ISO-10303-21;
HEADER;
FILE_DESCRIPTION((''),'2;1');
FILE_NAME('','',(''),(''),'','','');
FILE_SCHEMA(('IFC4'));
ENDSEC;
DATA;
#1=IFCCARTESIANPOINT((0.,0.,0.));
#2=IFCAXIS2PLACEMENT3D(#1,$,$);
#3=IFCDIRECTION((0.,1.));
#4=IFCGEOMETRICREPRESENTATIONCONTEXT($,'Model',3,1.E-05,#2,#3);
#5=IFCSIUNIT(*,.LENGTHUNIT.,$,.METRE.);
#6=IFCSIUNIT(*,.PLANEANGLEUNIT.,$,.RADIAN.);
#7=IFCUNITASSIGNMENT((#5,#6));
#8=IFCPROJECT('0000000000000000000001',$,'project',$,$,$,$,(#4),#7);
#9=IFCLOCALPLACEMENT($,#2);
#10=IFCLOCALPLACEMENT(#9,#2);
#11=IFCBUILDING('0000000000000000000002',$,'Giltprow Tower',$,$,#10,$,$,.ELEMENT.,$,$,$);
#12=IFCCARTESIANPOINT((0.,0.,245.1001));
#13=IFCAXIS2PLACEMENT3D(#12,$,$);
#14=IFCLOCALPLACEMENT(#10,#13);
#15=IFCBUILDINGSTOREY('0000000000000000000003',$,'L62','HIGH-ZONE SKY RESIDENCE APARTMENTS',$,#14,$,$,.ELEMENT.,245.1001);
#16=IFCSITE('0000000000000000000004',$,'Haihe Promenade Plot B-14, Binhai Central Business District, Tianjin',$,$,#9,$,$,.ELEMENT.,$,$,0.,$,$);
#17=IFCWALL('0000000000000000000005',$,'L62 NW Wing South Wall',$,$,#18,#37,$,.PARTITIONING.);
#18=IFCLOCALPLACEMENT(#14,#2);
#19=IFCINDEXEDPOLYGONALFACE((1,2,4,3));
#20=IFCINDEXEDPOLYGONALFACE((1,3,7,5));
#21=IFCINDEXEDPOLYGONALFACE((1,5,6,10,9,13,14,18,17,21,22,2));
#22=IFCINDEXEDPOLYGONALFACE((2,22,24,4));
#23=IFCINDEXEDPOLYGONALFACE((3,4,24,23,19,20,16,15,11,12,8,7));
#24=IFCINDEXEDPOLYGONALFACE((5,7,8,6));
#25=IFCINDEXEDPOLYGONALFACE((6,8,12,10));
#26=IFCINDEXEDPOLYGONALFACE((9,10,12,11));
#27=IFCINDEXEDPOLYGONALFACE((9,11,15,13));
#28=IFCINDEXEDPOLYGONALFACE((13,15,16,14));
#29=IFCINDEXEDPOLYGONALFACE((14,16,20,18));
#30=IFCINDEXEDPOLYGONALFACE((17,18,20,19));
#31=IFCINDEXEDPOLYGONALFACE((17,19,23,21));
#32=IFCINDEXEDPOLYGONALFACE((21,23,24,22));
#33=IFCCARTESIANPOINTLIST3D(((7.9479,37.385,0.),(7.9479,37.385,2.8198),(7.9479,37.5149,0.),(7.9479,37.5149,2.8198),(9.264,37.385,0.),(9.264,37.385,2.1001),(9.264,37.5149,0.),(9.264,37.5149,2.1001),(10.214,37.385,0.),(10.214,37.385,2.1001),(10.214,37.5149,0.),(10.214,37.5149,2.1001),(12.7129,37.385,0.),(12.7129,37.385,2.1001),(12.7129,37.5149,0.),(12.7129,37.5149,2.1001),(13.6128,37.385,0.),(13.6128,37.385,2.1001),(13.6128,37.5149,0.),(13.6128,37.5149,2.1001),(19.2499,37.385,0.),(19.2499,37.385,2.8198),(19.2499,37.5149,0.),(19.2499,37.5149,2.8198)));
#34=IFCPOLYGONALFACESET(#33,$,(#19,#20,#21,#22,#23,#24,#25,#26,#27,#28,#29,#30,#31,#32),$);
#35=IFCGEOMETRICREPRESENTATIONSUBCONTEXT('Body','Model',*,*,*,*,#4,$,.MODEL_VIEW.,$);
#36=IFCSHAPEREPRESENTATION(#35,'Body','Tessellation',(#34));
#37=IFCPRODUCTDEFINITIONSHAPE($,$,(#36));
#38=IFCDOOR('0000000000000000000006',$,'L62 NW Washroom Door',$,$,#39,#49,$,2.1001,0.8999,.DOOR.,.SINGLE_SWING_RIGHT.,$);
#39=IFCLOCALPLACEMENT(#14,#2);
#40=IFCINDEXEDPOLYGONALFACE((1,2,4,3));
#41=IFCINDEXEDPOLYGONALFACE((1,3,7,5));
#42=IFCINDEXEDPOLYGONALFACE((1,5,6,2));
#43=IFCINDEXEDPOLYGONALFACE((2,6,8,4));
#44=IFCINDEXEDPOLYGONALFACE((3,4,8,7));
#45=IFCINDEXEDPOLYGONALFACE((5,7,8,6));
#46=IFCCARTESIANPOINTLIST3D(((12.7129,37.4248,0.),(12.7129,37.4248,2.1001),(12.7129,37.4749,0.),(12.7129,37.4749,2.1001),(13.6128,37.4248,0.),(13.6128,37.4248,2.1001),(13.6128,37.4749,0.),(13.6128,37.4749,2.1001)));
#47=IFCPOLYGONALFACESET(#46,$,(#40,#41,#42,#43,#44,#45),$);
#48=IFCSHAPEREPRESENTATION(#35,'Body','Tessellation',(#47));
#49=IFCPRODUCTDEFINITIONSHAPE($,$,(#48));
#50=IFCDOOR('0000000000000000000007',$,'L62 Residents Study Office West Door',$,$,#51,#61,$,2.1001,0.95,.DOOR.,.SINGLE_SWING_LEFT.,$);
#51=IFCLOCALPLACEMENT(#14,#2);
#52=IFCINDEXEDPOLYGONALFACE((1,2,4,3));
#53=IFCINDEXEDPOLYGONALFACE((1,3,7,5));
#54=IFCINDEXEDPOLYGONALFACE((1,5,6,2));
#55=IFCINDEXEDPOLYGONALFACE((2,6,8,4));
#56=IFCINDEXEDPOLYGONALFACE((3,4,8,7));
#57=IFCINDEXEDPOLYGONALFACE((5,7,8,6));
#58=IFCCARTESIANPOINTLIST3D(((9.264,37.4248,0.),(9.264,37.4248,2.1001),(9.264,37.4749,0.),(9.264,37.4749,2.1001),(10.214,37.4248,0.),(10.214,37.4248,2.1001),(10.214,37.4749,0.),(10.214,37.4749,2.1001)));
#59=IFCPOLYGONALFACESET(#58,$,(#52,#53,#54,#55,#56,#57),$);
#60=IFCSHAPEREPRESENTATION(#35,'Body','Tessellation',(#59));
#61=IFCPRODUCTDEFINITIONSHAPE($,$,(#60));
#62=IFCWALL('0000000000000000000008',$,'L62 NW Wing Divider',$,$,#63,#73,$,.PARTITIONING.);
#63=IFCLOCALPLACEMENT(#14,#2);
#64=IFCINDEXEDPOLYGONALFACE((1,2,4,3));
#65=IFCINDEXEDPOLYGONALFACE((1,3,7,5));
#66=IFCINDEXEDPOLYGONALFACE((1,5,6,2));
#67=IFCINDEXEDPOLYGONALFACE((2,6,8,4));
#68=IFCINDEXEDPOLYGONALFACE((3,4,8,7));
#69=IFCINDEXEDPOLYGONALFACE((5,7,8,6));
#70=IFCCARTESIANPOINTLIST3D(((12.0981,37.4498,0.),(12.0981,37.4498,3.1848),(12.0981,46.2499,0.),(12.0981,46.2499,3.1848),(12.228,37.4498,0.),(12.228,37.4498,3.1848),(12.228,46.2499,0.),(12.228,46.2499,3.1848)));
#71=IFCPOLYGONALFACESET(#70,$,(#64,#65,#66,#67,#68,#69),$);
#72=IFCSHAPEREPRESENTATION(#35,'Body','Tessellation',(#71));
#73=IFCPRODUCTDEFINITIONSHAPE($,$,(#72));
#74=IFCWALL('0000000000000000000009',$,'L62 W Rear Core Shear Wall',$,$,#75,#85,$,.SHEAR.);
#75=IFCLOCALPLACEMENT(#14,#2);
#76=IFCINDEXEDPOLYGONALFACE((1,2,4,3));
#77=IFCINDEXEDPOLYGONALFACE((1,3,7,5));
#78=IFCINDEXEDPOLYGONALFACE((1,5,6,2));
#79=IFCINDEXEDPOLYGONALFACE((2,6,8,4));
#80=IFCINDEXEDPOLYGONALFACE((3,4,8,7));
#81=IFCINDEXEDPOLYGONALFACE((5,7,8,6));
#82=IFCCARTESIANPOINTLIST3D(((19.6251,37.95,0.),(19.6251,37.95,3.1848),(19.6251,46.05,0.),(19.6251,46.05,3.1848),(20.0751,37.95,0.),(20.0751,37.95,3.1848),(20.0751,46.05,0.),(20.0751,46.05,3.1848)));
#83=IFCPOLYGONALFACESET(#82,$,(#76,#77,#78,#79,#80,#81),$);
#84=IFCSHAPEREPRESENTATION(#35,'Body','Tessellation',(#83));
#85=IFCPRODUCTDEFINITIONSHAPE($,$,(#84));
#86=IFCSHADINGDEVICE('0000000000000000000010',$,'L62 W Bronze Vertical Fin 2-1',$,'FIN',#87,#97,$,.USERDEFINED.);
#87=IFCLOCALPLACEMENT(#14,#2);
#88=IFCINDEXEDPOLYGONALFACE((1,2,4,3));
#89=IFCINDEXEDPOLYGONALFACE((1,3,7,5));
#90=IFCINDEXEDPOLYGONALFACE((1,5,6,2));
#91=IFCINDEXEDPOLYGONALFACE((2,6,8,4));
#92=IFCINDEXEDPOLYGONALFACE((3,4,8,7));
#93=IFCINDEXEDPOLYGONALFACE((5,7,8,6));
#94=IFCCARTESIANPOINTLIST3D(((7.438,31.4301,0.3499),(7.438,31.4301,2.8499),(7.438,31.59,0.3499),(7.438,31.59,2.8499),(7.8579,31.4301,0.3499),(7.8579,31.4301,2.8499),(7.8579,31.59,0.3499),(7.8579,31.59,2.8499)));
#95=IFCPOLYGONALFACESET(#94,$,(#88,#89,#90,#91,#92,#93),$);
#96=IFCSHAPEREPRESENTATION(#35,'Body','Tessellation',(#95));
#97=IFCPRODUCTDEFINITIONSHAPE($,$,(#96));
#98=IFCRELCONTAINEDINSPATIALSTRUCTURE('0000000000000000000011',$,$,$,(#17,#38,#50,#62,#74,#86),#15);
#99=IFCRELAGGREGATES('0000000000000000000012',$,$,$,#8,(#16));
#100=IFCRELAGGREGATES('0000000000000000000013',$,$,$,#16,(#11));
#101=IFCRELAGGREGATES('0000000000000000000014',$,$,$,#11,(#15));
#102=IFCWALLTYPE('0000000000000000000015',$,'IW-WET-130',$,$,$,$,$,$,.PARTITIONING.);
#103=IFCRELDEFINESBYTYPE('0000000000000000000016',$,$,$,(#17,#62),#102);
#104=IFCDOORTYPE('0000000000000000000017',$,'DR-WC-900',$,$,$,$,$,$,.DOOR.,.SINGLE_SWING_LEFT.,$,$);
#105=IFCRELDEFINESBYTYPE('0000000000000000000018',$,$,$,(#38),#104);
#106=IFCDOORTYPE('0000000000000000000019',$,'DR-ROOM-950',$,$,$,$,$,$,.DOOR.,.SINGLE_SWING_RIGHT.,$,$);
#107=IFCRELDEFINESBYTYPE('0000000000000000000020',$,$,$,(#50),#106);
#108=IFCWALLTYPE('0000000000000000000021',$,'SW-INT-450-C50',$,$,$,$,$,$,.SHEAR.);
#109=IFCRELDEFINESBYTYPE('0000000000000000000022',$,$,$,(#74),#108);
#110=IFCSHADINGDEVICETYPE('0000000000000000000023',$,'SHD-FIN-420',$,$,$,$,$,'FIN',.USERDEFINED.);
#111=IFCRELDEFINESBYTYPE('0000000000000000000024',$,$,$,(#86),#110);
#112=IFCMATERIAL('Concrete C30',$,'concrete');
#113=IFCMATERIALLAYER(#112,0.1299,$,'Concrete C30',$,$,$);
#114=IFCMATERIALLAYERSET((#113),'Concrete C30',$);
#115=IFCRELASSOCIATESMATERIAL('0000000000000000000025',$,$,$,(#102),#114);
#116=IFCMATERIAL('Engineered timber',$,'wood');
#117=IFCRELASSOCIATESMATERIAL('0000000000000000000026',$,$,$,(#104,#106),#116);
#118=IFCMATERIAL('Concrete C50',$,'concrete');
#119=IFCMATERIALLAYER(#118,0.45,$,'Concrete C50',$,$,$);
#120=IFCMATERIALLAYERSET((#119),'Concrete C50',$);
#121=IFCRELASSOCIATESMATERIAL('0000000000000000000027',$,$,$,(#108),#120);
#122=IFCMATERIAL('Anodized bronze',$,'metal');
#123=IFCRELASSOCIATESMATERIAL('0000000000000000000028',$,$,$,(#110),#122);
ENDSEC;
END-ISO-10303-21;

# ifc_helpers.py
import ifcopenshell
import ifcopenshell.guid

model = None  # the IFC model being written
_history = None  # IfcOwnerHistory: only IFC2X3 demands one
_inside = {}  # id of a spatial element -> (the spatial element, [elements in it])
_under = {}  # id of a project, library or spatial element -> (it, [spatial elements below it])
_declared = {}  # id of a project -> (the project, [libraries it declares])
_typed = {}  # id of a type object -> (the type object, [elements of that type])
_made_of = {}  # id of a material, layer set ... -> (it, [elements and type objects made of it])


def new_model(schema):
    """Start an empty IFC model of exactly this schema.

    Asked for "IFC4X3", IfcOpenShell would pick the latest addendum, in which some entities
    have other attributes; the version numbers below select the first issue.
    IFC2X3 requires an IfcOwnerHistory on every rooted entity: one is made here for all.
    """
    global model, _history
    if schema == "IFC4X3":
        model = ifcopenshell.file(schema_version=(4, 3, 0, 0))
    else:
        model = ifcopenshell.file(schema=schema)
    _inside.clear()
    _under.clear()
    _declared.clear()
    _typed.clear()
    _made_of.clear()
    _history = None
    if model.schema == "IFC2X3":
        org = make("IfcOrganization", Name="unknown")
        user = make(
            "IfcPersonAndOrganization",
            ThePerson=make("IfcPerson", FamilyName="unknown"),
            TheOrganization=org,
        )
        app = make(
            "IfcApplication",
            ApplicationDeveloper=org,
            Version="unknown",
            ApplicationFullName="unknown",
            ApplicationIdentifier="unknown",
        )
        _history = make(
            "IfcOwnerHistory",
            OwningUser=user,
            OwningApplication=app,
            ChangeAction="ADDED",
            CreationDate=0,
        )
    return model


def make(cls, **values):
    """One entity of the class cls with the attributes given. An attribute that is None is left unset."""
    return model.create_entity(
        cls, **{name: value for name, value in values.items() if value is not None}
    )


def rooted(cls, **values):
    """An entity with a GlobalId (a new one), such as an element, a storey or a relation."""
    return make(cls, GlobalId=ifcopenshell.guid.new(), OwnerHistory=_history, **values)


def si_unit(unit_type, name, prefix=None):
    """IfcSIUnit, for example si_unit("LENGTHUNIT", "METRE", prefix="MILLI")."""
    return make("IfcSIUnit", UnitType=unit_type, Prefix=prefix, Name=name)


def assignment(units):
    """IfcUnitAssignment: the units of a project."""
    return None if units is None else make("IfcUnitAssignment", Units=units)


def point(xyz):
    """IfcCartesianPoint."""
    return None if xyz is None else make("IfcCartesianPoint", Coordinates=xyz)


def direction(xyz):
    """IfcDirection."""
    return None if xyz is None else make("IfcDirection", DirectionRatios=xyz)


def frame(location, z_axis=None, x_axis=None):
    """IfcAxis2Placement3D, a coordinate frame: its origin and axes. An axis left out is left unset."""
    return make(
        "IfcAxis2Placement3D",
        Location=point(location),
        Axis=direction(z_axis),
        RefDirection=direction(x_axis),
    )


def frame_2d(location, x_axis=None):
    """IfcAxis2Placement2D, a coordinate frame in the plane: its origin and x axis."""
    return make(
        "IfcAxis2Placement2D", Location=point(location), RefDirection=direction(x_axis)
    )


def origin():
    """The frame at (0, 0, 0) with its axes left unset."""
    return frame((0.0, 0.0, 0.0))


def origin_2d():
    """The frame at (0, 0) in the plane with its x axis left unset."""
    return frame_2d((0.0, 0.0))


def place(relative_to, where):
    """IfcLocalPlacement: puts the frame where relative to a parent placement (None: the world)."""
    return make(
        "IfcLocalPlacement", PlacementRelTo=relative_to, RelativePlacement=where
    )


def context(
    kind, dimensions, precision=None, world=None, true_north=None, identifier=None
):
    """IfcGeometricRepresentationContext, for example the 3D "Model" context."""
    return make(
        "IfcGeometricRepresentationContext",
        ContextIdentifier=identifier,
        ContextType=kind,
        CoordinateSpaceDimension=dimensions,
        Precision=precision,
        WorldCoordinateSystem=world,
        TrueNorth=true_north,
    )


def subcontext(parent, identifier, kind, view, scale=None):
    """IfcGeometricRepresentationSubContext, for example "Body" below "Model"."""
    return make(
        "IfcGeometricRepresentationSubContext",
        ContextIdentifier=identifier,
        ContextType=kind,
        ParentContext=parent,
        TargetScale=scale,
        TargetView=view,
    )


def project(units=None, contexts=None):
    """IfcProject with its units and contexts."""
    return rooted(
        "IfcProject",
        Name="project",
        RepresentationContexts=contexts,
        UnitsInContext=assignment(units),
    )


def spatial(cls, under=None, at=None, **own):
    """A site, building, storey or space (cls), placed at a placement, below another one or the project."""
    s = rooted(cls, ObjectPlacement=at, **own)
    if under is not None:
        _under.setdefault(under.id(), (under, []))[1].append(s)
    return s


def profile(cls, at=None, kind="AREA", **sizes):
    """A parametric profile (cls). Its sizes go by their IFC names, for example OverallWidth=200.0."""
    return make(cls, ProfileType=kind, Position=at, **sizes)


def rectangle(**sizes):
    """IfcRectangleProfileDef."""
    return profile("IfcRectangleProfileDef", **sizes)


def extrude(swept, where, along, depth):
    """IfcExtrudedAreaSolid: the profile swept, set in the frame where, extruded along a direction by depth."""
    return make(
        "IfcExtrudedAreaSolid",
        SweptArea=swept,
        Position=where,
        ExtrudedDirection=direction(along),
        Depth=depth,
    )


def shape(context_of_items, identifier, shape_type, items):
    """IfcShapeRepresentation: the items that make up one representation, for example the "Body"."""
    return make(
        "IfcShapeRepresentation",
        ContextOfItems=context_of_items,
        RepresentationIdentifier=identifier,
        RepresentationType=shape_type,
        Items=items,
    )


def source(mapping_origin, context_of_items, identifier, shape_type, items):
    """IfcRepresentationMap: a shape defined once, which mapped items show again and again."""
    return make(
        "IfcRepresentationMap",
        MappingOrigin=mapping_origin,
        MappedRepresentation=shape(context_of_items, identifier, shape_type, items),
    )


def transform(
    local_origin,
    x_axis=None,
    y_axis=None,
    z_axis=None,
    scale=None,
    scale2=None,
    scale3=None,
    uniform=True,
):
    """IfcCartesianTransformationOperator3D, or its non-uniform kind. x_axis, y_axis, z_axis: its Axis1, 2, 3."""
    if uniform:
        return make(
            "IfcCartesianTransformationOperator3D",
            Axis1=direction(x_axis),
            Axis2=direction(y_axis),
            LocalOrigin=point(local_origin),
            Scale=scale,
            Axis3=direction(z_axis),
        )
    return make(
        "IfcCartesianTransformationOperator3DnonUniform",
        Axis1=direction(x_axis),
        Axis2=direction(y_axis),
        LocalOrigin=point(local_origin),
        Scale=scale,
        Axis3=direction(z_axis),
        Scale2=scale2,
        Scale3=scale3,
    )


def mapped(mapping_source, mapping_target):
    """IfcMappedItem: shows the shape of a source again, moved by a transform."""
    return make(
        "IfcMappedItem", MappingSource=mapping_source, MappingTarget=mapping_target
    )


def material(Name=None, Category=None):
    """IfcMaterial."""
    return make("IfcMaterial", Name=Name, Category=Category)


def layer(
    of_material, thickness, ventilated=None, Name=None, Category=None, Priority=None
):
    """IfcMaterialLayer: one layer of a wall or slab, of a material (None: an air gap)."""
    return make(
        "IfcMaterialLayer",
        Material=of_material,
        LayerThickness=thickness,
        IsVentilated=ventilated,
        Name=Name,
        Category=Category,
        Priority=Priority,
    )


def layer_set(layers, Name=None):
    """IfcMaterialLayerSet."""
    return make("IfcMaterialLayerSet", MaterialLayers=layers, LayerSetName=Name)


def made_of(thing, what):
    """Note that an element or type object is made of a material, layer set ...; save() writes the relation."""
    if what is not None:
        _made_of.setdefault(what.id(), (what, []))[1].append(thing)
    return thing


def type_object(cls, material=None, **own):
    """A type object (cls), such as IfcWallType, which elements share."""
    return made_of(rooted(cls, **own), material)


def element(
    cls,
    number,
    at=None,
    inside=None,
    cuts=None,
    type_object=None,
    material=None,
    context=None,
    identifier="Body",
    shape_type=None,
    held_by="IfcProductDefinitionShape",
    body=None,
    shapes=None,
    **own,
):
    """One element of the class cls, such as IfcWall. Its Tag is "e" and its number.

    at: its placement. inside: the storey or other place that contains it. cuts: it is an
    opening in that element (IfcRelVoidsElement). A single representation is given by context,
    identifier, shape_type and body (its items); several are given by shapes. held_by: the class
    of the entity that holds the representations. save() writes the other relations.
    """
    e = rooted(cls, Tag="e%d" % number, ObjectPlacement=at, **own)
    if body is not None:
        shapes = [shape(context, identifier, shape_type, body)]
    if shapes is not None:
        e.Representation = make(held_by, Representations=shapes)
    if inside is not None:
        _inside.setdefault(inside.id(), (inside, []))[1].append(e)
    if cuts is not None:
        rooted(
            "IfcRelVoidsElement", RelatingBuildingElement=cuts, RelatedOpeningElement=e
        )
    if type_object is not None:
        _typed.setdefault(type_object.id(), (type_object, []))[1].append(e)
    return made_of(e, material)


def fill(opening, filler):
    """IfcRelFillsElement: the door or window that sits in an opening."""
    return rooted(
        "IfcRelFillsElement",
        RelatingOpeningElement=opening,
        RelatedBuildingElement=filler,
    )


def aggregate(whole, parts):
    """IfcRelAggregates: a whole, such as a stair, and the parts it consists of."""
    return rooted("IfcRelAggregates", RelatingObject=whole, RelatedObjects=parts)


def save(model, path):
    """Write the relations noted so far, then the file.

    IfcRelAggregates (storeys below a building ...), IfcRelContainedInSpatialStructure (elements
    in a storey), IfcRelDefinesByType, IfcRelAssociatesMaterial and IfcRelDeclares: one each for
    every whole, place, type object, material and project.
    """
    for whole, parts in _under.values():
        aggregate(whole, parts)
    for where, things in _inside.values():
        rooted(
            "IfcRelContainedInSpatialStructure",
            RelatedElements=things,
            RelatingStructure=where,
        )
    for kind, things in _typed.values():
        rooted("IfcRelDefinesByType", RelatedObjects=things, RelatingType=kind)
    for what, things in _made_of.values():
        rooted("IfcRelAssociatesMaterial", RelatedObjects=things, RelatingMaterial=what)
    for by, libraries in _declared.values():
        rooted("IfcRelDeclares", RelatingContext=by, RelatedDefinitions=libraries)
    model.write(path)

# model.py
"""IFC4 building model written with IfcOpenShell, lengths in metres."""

from ifc_helpers import new_model, si_unit, direction, frame, frame_2d, origin, origin_2d, place, context, subcontext, project, spatial, rectangle, extrude, source, transform, mapped, material, layer, layer_set, type_object, element, fill, save


model = new_model("IFC4")

# Units and contexts
model_context = context("Model", 3, precision=1e-05, world=origin(), true_north=direction((0.0, 1.0)))
body_context = subcontext(model_context, "Body", "Model", "MODEL_VIEW")
ifc_project = project(units=[si_unit("LENGTHUNIT", "METRE"), si_unit("PLANEANGLEUNIT", "RADIAN")], contexts=[model_context])

# Site, building, storey
site_placement = place(None, origin())
site = spatial("IfcSite", under=ifc_project, at=site_placement, Name="Haihe Promenade Plot B-14, Binhai Central Business District, Tianjin", CompositionType="ELEMENT", RefElevation=0.0)
building_placement = place(site_placement, origin())
building = spatial("IfcBuilding", under=site, at=building_placement, Name="Giltprow Tower", CompositionType="ELEMENT")
storey_placement = place(building_placement, frame((0.0, 0.0, 245.1001)))
storey = spatial("IfcBuildingStorey", under=building, at=storey_placement, Name="L62", Description="HIGH-ZONE SKY RESIDENCE APARTMENTS", CompositionType="ELEMENT", Elevation=245.1001)

# Shared definitions
ifc_material_1 = material(Name="Concrete C50", Category="concrete")

# Shared definitions
ifc_material_2 = material(Name="Engineered timber", Category="wood")

# Wall, openings, doors
ifc_material_3 = material(Name="Concrete C30", Category="concrete")
ifc_layer_1 = layer(ifc_material_3, 0.1299, Name="Concrete C30")
ifc_layer_set_1 = layer_set([ifc_layer_1], Name="Concrete C30")
wall_type_1 = type_object("IfcWallType", Name="IW-WET-130", PredefinedType="PARTITIONING", material=ifc_layer_set_1)
wall_1_placement = place(storey_placement, frame((7.948, 37.45, 0.0), z_axis=(0.0, 0.0, 1.0), x_axis=(1.0, 0.0, 0.0)))
wall_1 = element("IfcWall", 1, at=wall_1_placement, inside=storey, type_object=wall_type_1, Name="L62 NW Wing South Wall", PredefinedType="PARTITIONING", context=body_context, shape_type="SweptSolid", body=[
    extrude(rectangle(XDim=11.302, YDim=0.1299, at=frame_2d((5.6509, 0.0))), origin(), (0.0, 0.0, 1.0), 2.8198),
])
opening_1_placement = place(wall_1_placement, frame((1.3159, 0.0, 0.0)))
opening_1 = element("IfcOpeningElement", 2, at=opening_1_placement, cuts=wall_1, PredefinedType="OPENING", context=body_context, shape_type="SweptSolid", body=[
    extrude(rectangle(XDim=0.95, YDim=2.1001, at=frame_2d((0.4751, 1.05))), frame((0.0, 0.075, 0.0), z_axis=(0.0, -1.0, 0.0), x_axis=(1.0, 0.0, 0.0)), (0.0, 0.0, 1.0), 0.1499),
])
opening_2_placement = place(wall_1_placement, frame((4.7649, 0.0, 0.0)))
opening_2 = element("IfcOpeningElement", 3, at=opening_2_placement, cuts=wall_1, PredefinedType="OPENING", context=body_context, shape_type="SweptSolid", body=[
    extrude(rectangle(XDim=0.8999, YDim=2.1001, at=frame_2d((0.45, 1.05))), frame((0.0, 0.075, 0.0), z_axis=(0.0, -1.0, 0.0), x_axis=(1.0, 0.0, 0.0)), (0.0, 0.0, 1.0), 0.1499),
])
door_type_1 = type_object("IfcDoorType", Name="DR-WC-900", OperationType="SINGLE_SWING_LEFT", PredefinedType="DOOR", material=ifc_material_2)
shared_shape_1 = source(origin(), body_context, "Body", "SweptSolid", [
    extrude(rectangle(XDim=0.8999, YDim=2.1001, at=frame_2d((0.45, 1.05))), frame((0.0, 0.0249, 0.0), z_axis=(0.0, -1.0, 0.0), x_axis=(1.0, 0.0, 0.0)), (0.0, 0.0, 1.0), 0.05),
])
door_1_placement = place(opening_2_placement, origin())
door_1 = element("IfcDoor", 4, at=door_1_placement, inside=storey, type_object=door_type_1, Name="L62 NW Washroom Door", OperationType="SINGLE_SWING_RIGHT", OverallHeight=2.1001, OverallWidth=0.8999, PredefinedType="DOOR", context=body_context, shape_type="MappedRepresentation", body=[
    mapped(shared_shape_1, transform((0.0, 0.0, 0.0), x_axis=(1.0, 0.0, 0.0), y_axis=(0.0, 1.0, 0.0), z_axis=(0.0, 0.0, 1.0), scale=1.0)),
])
fill(opening_2, door_1)
door_type_2 = type_object("IfcDoorType", Name="DR-ROOM-950", OperationType="SINGLE_SWING_RIGHT", PredefinedType="DOOR", material=ifc_material_2)
shared_shape_2 = source(origin(), body_context, "Body", "SweptSolid", [
    extrude(rectangle(XDim=0.95, YDim=2.1001, at=frame_2d((0.4751, 1.05))), frame((0.0, 0.0249, 0.0), z_axis=(0.0, -1.0, 0.0), x_axis=(1.0, 0.0, 0.0)), (0.0, 0.0, 1.0), 0.05),
])
door_2_placement = place(opening_1_placement, origin())
door_2 = element("IfcDoor", 5, at=door_2_placement, inside=storey, type_object=door_type_2, Name="L62 Residents Study Office West Door", OperationType="SINGLE_SWING_LEFT", OverallHeight=2.1001, OverallWidth=0.95, PredefinedType="DOOR", context=body_context, shape_type="MappedRepresentation", body=[
    mapped(shared_shape_2, transform((0.0, 0.0, 0.0), x_axis=(1.0, 0.0, 0.0), y_axis=(0.0, 1.0, 0.0), z_axis=(0.0, 0.0, 1.0), scale=1.0)),
])
fill(opening_1, door_2)

# Wall
wall_2_placement = place(storey_placement, frame((12.1631, 37.45, 0.0), z_axis=(0.0, 0.0, 1.0), x_axis=(0.0, 1.0, 0.0)))
element("IfcWall", 6, at=wall_2_placement, inside=storey, type_object=wall_type_1, Name="L62 NW Wing Divider", PredefinedType="PARTITIONING", context=body_context, shape_type="SweptSolid", body=[
    extrude(rectangle(XDim=8.8, YDim=0.1299, at=frame_2d((4.3999, 0.0))), origin(), (0.0, 0.0, 1.0), 3.1848),
])

# Shared definitions
ifc_layer_2 = layer(ifc_material_1, 0.45, Name="Concrete C50")
ifc_layer_set_2 = layer_set([ifc_layer_2], Name="Concrete C50")
wall_type_2 = type_object("IfcWallType", Name="SW-INT-450-C50", PredefinedType="SHEAR", material=ifc_layer_set_2)

# Wall
wall_3_placement = place(storey_placement, frame((19.8501, 37.95, 0.0), z_axis=(0.0, 0.0, 1.0), x_axis=(0.0, 1.0, 0.0)))
element("IfcWall", 7, at=wall_3_placement, inside=storey, type_object=wall_type_2, Name="L62 W Rear Core Shear Wall", PredefinedType="SHEAR", context=body_context, shape_type="SweptSolid", body=[
    extrude(rectangle(XDim=8.1001, YDim=0.45, at=frame_2d((4.05, 0.0))), origin(), (0.0, 0.0, 1.0), 3.1848),
])

# Shading device
ifc_material_4 = material(Name="Anodized bronze", Category="metal")
shading_device_type = type_object("IfcShadingDeviceType", Name="SHD-FIN-420", ElementType="FIN", PredefinedType="USERDEFINED", material=ifc_material_4)
shared_shape_3 = source(origin(), body_context, "Body", "SweptSolid", [
    extrude(rectangle(XDim=0.4199, YDim=0.1599, at=origin_2d()), origin(), (0.0, 0.0, 1.0), 2.5),
])
shading_device_placement = place(storey_placement, frame((7.6479, 31.51, 0.3499), z_axis=(0.0, 0.0, 1.0), x_axis=(1.0, 0.0, 0.0)))
element("IfcShadingDevice", 8, at=shading_device_placement, inside=storey, type_object=shading_device_type, Name="L62 W Bronze Vertical Fin 2-1", ObjectType="FIN", PredefinedType="USERDEFINED", context=body_context, shape_type="MappedRepresentation", body=[
    mapped(shared_shape_3, transform((0.0, 0.0, 0.0), x_axis=(1.0, 0.0, 0.0), y_axis=(0.0, 1.0, 0.0), z_axis=(0.0, 0.0, 1.0), scale=1.0)),
])

save(model, "model.ifc")
